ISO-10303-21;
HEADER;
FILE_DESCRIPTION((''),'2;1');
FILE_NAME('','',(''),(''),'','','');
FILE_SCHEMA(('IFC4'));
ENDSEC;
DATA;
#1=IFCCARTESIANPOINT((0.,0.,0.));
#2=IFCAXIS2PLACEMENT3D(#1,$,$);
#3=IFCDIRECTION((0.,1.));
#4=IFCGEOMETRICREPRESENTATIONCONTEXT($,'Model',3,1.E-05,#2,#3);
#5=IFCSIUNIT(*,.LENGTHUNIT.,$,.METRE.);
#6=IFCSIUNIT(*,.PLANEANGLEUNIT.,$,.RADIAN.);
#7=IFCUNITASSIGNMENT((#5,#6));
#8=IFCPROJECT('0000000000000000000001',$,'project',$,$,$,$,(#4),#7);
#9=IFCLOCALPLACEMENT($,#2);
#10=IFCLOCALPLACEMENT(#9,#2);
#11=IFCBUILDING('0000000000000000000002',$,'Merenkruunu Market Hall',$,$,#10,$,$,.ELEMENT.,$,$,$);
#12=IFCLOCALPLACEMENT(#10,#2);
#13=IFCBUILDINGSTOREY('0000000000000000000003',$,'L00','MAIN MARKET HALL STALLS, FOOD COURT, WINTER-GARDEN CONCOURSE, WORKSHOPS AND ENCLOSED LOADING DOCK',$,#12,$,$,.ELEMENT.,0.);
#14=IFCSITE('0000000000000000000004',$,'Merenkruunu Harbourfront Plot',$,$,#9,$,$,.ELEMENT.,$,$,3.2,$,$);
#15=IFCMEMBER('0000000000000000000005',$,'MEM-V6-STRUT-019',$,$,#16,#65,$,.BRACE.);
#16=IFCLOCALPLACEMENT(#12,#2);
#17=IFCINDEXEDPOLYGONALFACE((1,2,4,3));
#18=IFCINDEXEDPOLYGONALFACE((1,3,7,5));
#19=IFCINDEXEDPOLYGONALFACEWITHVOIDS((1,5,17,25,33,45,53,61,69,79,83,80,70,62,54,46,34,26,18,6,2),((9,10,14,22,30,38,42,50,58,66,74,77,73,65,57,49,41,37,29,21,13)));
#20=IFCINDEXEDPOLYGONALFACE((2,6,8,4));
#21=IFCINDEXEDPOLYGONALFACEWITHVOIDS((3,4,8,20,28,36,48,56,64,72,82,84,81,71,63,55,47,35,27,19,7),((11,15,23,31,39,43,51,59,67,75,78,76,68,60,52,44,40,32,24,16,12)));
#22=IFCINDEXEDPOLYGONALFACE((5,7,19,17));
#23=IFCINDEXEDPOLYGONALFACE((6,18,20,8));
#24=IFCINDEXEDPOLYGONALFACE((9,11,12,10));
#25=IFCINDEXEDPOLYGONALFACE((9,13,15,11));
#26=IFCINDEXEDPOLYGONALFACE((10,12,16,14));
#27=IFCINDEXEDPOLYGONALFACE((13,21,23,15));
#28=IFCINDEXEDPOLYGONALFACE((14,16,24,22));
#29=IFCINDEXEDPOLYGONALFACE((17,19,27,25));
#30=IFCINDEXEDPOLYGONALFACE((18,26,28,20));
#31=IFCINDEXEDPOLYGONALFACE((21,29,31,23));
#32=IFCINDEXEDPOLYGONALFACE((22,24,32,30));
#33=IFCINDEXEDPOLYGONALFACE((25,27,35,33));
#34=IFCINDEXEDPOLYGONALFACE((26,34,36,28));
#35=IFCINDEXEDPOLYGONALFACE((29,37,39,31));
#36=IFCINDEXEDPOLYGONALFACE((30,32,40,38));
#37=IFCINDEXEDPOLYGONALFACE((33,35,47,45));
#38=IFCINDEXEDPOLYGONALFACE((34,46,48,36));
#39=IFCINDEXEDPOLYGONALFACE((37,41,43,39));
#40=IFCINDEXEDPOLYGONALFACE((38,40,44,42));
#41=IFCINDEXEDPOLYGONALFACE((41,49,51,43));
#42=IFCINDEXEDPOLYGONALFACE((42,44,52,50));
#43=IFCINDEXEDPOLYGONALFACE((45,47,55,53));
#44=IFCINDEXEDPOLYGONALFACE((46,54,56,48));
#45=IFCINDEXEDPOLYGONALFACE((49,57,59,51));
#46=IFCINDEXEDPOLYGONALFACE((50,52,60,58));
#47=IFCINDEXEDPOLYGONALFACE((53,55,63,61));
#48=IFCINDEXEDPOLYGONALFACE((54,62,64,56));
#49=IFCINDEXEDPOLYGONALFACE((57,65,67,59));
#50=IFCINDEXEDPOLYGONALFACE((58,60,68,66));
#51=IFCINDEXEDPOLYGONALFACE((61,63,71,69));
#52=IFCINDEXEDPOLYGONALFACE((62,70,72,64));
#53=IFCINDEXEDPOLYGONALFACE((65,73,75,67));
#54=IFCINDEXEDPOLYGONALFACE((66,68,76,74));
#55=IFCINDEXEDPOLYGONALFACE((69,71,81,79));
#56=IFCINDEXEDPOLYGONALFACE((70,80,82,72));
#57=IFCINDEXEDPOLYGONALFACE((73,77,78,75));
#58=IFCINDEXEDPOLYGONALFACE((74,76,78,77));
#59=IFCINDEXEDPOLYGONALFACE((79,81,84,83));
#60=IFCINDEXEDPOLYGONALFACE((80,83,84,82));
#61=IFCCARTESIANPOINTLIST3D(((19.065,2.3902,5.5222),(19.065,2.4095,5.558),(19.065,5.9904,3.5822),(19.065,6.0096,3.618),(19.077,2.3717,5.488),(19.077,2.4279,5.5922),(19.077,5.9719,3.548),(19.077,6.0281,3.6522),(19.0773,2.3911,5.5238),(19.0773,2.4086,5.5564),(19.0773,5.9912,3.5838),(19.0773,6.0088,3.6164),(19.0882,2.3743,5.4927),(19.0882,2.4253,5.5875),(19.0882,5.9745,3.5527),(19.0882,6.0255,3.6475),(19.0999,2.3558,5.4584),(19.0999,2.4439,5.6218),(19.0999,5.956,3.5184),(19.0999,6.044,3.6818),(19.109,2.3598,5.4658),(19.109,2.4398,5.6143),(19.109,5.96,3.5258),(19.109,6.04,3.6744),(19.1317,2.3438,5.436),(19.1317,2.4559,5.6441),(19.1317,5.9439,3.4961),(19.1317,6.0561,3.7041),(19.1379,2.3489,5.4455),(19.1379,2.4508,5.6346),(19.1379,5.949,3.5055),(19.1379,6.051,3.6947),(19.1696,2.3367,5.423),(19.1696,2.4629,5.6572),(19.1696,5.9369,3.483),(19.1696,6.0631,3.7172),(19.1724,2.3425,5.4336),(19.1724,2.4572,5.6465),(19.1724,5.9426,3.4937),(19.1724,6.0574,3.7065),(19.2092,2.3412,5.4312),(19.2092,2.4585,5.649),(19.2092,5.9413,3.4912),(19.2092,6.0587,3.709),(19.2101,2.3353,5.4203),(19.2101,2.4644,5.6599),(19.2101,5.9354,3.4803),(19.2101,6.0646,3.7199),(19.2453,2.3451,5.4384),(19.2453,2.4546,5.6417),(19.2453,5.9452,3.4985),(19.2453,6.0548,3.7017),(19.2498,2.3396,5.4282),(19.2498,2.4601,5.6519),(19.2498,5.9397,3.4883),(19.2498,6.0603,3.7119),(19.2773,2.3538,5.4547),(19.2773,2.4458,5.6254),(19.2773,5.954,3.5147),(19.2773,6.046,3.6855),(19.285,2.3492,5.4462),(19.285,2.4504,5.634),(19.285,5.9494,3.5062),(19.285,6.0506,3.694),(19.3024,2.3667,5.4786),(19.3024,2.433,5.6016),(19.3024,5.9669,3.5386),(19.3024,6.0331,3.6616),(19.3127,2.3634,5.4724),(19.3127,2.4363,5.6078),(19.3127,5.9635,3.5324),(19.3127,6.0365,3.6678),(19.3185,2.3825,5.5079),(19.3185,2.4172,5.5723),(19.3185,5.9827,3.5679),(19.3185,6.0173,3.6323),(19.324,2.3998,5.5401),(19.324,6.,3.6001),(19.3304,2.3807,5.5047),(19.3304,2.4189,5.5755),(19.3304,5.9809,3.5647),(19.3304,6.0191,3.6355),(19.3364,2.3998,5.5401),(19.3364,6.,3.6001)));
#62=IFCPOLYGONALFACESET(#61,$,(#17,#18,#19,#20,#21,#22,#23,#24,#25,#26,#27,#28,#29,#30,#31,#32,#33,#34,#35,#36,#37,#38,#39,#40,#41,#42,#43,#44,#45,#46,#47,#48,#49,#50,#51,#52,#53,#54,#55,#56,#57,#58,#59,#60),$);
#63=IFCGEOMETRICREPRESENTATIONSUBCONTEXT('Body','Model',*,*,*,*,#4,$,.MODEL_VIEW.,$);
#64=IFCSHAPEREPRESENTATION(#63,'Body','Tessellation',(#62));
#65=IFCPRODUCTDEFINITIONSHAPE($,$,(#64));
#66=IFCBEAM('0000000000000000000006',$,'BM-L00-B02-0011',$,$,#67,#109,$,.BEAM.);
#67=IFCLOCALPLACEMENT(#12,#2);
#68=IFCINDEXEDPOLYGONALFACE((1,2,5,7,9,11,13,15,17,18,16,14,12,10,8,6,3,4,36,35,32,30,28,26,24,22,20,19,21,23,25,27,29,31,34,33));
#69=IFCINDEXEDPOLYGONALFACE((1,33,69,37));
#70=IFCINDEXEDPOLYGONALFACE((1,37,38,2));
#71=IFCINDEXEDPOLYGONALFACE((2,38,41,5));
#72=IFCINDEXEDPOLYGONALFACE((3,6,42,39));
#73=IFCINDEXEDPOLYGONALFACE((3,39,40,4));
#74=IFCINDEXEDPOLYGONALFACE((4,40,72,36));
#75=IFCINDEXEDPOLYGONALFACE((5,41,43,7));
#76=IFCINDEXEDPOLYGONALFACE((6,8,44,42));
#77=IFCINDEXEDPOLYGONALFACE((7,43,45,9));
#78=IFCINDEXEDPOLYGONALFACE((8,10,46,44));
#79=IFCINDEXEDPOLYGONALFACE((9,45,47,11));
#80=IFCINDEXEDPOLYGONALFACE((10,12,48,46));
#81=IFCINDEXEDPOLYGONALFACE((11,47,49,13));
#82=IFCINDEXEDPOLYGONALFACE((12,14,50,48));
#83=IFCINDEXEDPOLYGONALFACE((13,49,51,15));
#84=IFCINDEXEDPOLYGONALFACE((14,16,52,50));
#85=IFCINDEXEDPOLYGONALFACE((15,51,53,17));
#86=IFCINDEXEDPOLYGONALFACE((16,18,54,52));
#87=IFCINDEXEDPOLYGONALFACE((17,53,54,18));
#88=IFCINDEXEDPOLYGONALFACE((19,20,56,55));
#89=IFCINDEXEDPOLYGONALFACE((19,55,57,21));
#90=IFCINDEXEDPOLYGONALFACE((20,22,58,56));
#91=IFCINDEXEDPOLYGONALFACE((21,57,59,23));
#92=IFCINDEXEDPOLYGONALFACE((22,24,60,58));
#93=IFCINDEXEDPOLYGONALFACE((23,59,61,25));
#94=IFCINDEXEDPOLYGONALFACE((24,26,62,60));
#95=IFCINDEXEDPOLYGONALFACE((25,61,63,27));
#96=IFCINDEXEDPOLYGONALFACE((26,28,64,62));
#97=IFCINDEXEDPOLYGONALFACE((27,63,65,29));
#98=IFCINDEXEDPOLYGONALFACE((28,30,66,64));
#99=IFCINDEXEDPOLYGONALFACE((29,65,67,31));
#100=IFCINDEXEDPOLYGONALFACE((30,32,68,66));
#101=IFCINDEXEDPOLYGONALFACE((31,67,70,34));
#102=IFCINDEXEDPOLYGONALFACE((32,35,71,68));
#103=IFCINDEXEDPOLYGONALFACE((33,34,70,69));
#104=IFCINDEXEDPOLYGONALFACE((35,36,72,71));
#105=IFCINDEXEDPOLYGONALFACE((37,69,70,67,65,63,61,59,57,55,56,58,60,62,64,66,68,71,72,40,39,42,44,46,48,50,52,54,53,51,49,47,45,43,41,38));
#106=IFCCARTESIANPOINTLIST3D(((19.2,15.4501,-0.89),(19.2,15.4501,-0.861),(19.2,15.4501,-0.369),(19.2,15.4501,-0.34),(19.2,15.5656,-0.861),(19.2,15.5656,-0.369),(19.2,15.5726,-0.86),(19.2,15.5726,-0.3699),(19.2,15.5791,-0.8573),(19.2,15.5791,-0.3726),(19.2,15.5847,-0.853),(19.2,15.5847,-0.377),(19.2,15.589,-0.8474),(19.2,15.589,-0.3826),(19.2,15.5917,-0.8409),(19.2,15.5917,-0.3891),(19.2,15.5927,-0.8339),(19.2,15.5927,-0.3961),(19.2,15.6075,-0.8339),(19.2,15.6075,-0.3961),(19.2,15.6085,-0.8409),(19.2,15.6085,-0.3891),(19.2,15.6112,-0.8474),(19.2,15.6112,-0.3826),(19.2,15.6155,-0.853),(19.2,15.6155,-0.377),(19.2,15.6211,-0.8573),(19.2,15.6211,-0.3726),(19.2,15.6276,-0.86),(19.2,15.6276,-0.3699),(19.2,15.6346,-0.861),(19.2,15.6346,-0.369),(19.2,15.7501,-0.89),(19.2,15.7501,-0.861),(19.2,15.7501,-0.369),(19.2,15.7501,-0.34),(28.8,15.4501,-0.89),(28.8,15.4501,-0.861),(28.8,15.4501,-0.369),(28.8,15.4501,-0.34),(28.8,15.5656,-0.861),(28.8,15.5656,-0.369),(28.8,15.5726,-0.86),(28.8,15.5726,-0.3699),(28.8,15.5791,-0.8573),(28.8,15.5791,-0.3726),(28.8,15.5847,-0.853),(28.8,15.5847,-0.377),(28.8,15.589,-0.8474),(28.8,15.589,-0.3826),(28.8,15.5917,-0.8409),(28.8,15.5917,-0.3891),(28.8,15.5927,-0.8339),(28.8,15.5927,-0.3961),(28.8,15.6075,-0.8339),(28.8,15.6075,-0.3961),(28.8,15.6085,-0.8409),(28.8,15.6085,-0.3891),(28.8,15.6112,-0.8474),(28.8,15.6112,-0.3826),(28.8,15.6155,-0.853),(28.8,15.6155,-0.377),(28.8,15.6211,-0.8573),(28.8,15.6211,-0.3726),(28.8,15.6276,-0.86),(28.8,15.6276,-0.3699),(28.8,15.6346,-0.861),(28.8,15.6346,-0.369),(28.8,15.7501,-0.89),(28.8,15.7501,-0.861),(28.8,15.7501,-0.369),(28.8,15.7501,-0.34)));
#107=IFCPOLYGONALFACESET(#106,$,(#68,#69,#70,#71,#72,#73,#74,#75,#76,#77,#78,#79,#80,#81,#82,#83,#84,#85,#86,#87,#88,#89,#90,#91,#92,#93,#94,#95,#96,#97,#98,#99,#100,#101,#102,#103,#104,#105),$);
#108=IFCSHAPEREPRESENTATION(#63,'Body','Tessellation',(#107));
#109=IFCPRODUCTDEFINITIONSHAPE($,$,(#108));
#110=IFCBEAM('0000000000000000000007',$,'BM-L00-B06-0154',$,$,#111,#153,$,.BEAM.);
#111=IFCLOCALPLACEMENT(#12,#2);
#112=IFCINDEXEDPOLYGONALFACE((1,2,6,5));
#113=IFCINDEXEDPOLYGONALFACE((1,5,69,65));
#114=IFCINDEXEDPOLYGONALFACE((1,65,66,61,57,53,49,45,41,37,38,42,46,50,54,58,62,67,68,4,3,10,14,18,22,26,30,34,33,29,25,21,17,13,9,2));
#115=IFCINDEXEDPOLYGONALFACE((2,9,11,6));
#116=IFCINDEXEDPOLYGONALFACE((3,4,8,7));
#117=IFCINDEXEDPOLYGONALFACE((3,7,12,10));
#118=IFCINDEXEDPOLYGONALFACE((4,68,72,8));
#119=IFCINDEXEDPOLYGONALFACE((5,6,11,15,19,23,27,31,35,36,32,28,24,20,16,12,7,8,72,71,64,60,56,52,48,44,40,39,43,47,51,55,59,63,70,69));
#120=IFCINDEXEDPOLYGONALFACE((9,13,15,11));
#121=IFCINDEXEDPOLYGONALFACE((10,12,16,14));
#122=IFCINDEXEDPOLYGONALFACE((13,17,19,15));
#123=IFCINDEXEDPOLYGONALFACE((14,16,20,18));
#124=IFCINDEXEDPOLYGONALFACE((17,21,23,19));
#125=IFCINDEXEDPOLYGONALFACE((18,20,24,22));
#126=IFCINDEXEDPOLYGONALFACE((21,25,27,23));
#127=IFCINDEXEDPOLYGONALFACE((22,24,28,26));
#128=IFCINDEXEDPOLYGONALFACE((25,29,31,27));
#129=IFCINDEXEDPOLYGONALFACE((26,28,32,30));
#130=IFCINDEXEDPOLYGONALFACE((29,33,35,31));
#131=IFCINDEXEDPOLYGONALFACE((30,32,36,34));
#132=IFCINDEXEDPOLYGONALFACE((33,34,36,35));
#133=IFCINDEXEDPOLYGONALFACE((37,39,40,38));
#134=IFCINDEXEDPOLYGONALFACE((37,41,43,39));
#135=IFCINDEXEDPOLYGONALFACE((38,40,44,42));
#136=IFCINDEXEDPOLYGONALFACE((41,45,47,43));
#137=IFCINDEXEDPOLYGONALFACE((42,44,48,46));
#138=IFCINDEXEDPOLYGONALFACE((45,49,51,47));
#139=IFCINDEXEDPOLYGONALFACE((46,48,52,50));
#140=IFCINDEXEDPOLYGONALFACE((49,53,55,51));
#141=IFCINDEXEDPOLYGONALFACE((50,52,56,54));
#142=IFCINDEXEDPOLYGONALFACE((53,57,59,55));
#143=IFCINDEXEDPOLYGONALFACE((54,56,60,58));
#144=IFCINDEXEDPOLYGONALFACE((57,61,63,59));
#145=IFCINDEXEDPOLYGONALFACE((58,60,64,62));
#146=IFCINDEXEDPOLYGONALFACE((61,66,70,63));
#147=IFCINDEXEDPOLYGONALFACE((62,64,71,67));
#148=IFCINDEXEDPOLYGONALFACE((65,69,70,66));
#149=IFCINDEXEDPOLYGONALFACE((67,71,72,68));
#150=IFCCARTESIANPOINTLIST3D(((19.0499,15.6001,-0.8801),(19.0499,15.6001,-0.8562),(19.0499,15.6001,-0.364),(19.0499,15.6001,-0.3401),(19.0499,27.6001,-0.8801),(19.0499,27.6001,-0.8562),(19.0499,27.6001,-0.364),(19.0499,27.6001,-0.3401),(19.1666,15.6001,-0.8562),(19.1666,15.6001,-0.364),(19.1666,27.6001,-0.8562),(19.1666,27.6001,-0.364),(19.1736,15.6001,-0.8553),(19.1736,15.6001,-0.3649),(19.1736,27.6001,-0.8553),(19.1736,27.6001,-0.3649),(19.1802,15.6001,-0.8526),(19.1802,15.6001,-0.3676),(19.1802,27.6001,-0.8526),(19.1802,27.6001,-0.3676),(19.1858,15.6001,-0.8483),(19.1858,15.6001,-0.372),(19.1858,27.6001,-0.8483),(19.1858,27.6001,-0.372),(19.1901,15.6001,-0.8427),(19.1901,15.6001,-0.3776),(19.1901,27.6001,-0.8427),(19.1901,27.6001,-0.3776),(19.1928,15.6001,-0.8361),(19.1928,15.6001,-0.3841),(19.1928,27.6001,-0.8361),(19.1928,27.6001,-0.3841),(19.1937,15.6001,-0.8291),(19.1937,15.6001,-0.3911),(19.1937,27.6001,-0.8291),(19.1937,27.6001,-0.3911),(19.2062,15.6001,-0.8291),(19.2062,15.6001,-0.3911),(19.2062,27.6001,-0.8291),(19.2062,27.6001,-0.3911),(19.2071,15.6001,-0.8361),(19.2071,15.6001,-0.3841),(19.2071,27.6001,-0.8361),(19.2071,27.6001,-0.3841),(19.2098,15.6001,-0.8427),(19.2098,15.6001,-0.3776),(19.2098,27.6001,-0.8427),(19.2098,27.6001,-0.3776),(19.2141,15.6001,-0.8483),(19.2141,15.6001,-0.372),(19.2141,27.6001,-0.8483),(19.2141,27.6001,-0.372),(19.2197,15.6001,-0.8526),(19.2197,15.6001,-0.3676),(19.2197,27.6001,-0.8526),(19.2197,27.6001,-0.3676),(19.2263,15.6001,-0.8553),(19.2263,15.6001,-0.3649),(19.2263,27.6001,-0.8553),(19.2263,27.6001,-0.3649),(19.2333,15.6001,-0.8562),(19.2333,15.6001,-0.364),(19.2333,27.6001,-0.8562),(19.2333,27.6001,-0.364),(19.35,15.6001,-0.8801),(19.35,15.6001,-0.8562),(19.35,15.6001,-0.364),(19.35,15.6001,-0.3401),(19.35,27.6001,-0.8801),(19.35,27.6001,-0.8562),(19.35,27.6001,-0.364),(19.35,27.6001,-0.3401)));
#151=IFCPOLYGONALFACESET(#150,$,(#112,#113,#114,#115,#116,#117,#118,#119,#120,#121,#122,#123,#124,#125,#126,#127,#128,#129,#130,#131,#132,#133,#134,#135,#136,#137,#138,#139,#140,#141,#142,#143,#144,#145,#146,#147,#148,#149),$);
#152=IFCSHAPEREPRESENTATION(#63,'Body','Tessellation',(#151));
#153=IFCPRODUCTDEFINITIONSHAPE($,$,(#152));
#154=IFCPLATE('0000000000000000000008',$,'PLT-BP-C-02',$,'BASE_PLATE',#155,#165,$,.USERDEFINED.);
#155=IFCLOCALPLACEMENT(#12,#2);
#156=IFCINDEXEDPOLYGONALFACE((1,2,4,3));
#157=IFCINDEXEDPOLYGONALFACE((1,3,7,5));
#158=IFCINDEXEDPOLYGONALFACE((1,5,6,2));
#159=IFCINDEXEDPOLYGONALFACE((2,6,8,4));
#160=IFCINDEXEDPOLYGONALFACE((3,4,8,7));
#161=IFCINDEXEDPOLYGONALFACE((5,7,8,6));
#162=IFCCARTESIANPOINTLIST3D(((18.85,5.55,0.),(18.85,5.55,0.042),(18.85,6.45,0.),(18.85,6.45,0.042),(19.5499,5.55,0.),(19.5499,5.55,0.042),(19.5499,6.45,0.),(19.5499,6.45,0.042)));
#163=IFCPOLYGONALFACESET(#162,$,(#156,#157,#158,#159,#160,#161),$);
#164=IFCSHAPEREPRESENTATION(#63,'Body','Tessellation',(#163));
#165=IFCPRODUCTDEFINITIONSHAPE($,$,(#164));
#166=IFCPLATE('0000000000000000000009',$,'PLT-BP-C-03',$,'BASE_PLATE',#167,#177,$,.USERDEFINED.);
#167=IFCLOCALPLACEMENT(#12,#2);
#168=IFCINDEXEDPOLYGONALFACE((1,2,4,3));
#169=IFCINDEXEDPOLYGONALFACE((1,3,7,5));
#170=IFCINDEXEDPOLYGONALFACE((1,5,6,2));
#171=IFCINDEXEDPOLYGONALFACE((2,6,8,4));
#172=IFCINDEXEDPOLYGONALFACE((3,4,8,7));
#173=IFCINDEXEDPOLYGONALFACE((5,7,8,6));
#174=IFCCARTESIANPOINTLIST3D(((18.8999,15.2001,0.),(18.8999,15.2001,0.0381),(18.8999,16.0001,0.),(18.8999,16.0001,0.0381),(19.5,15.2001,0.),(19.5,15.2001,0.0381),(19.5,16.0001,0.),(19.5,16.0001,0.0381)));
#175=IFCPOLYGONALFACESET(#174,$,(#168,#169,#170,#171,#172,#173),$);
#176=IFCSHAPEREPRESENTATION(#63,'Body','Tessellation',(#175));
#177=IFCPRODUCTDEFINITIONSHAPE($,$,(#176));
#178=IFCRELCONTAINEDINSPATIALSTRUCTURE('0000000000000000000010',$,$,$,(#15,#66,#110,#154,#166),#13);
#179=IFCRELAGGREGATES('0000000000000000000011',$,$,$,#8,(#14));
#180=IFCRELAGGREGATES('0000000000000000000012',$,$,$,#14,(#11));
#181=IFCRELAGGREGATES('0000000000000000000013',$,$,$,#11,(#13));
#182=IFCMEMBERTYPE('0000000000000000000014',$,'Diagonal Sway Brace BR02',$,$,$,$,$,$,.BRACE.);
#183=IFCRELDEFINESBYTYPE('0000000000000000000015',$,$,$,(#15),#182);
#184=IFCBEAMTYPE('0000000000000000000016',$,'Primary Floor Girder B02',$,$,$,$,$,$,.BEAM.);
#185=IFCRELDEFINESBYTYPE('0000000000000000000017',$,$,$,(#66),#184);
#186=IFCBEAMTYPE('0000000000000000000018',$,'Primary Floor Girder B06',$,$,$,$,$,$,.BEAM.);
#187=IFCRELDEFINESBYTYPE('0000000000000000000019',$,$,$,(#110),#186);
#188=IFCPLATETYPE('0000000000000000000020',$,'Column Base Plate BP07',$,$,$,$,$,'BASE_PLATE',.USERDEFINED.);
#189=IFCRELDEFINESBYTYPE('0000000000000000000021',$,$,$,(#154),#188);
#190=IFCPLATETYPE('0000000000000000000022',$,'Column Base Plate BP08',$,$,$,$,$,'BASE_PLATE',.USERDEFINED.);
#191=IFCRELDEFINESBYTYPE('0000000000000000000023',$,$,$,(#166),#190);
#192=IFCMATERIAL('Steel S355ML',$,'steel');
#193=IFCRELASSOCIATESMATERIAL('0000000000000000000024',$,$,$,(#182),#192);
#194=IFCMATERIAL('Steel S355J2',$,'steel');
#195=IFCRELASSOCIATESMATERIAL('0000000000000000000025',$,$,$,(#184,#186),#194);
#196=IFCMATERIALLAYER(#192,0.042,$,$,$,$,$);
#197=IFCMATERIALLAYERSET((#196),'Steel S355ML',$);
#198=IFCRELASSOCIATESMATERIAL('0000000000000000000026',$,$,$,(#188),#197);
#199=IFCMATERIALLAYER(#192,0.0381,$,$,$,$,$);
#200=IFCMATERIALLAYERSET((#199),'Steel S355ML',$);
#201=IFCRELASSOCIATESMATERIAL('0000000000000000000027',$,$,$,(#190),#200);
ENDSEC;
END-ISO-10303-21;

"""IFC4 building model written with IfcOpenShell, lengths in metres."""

from ifc_helpers import new_model, si_unit, direction, frame, origin, origin_2d, place, context, subcontext, project, spatial, rectangle, hollow_circle, i_section, extrude, material, layer, layer_set, material_profile, profile_set, type_object, element, save


model = new_model("IFC4")

# Units and contexts
model_context = context("Model", 3, precision=1e-05, world=origin(), true_north=direction((0.0, 1.0)))
body_context = subcontext(model_context, "Body", "Model", "MODEL_VIEW")
ifc_project = project(units=[si_unit("LENGTHUNIT", "METRE"), si_unit("PLANEANGLEUNIT", "RADIAN")], contexts=[model_context])

# Site, building, storey
site_placement = place(None, origin())
site = spatial("IfcSite", under=ifc_project, at=site_placement, Name="Merenkruunu Harbourfront Plot", CompositionType="ELEMENT", RefElevation=3.2)
building_placement = place(site_placement, origin())
building = spatial("IfcBuilding", under=site, at=building_placement, Name="Merenkruunu Market Hall", CompositionType="ELEMENT")
storey_placement = place(building_placement, origin())
storey = spatial("IfcBuildingStorey", under=building, at=storey_placement, Name="L00", Description="MAIN MARKET HALL STALLS, FOOD COURT, WINTER-GARDEN CONCOURSE, WORKSHOPS AND ENCLOSED LOADING DOCK", CompositionType="ELEMENT", Elevation=0.0)

# Shared definitions
ifc_material_1 = material(Name="Steel S355J2", Category="steel")
ifc_material_2 = material(Name="Steel S355ML", Category="steel")

# Member
ifc_material_profile_1 = material_profile(ifc_material_2, hollow_circle(Radius=0.1365, WallThickness=0.0125, at=origin_2d()), Name="CHS 273x12.5")
ifc_profile_set_1 = profile_set([ifc_material_profile_1], Name="Steel S355ML")
member_type_1 = type_object("IfcMemberType", Name="Diagonal Sway Brace BR02", PredefinedType="BRACE", material=ifc_profile_set_1)
member_1_placement = place(storey_placement, frame((19.2, 6.0, 3.6001), z_axis=(0.0, -0.880325, 0.47437), x_axis=(1.0, 0.0, 0.0)))
element("IfcMember", 1, at=member_1_placement, inside=storey, type_object=member_type_1, Name="MEM-V6-STRUT-019", PredefinedType="BRACE", context=body_context, shape_type="SweptSolid", body=[
    extrude(hollow_circle(Radius=0.1365, WallThickness=0.0125, at=origin_2d()), origin(), (0.0, 0.0, 1.0), 4.0896),
])

# Beams
ifc_material_profile_2 = material_profile(ifc_material_1, i_section(OverallWidth=0.3, OverallDepth=0.55, WebThickness=0.0149, FlangeThickness=0.0291, FilletRadius=0.0271, at=origin_2d()), Name="HEB 550")
ifc_profile_set_2 = profile_set([ifc_material_profile_2], Name="Steel S355J2")
beam_type_1 = type_object("IfcBeamType", Name="Primary Floor Girder B02", PredefinedType="BEAM", material=ifc_profile_set_2)
beam_1_placement = place(storey_placement, frame((19.2, 15.6001, -0.615), z_axis=(1.0, 0.0, 0.0), x_axis=(0.0, 1.0, 0.0)))
element("IfcBeam", 2, at=beam_1_placement, inside=storey, type_object=beam_type_1, Name="BM-L00-B02-0011", PredefinedType="BEAM", context=body_context, shape_type="SweptSolid", body=[
    extrude(i_section(OverallWidth=0.3, OverallDepth=0.55, WebThickness=0.0149, FlangeThickness=0.0291, FilletRadius=0.0271, at=origin_2d()), origin(), (0.0, 0.0, 1.0), 9.6001),
])
ifc_material_profile_3 = material_profile(ifc_material_1, i_section(OverallWidth=0.3, OverallDepth=0.54, WebThickness=0.0125, FlangeThickness=0.0239, FilletRadius=0.0271, at=origin_2d()), Name="HEA 550")
ifc_profile_set_3 = profile_set([ifc_material_profile_3], Name="Steel S355J2")
beam_type_2 = type_object("IfcBeamType", Name="Primary Floor Girder B06", PredefinedType="BEAM", material=ifc_profile_set_3)
beam_2_placement = place(storey_placement, frame((19.2, 15.6001, -0.6101), z_axis=(0.0, 1.0, 0.0), x_axis=(-1.0, 0.0, 0.0)))
element("IfcBeam", 3, at=beam_2_placement, inside=storey, type_object=beam_type_2, Name="BM-L00-B06-0154", PredefinedType="BEAM", context=body_context, shape_type="SweptSolid", body=[
    extrude(i_section(OverallWidth=0.3, OverallDepth=0.54, WebThickness=0.0125, FlangeThickness=0.0239, FilletRadius=0.0271, at=origin_2d()), origin(), (0.0, 0.0, 1.0), 12.0),
])

# Plates
ifc_layer_1 = layer(ifc_material_2, 0.042)
ifc_layer_set_1 = layer_set([ifc_layer_1], Name="Steel S355ML")
plate_type_1 = type_object("IfcPlateType", Name="Column Base Plate BP07", ElementType="BASE_PLATE", PredefinedType="USERDEFINED", material=ifc_layer_set_1)
plate_1_placement = place(storey_placement, frame((19.2, 6.0, 0.0), z_axis=(0.0, 0.0, 1.0), x_axis=(1.0, 0.0, 0.0)))
element("IfcPlate", 4, at=plate_1_placement, inside=storey, type_object=plate_type_1, Name="PLT-BP-C-02", ObjectType="BASE_PLATE", PredefinedType="USERDEFINED", context=body_context, shape_type="SweptSolid", body=[
    extrude(rectangle(XDim=0.7, YDim=0.8999, at=origin_2d()), origin(), (0.0, 0.0, 1.0), 0.042),
])
ifc_layer_2 = layer(ifc_material_2, 0.0381)
ifc_layer_set_2 = layer_set([ifc_layer_2], Name="Steel S355ML")
plate_type_2 = type_object("IfcPlateType", Name="Column Base Plate BP08", ElementType="BASE_PLATE", PredefinedType="USERDEFINED", material=ifc_layer_set_2)
plate_2_placement = place(storey_placement, frame((19.2, 15.6001, 0.0), z_axis=(0.0, 0.0, 1.0), x_axis=(1.0, 0.0, 0.0)))
element("IfcPlate", 5, at=plate_2_placement, inside=storey, type_object=plate_type_2, Name="PLT-BP-C-03", ObjectType="BASE_PLATE", PredefinedType="USERDEFINED", context=body_context, shape_type="SweptSolid", body=[
    extrude(rectangle(XDim=0.6001, YDim=0.8, at=origin_2d()), origin(), (0.0, 0.0, 1.0), 0.0381),
])

save(model, "model.ifc")
